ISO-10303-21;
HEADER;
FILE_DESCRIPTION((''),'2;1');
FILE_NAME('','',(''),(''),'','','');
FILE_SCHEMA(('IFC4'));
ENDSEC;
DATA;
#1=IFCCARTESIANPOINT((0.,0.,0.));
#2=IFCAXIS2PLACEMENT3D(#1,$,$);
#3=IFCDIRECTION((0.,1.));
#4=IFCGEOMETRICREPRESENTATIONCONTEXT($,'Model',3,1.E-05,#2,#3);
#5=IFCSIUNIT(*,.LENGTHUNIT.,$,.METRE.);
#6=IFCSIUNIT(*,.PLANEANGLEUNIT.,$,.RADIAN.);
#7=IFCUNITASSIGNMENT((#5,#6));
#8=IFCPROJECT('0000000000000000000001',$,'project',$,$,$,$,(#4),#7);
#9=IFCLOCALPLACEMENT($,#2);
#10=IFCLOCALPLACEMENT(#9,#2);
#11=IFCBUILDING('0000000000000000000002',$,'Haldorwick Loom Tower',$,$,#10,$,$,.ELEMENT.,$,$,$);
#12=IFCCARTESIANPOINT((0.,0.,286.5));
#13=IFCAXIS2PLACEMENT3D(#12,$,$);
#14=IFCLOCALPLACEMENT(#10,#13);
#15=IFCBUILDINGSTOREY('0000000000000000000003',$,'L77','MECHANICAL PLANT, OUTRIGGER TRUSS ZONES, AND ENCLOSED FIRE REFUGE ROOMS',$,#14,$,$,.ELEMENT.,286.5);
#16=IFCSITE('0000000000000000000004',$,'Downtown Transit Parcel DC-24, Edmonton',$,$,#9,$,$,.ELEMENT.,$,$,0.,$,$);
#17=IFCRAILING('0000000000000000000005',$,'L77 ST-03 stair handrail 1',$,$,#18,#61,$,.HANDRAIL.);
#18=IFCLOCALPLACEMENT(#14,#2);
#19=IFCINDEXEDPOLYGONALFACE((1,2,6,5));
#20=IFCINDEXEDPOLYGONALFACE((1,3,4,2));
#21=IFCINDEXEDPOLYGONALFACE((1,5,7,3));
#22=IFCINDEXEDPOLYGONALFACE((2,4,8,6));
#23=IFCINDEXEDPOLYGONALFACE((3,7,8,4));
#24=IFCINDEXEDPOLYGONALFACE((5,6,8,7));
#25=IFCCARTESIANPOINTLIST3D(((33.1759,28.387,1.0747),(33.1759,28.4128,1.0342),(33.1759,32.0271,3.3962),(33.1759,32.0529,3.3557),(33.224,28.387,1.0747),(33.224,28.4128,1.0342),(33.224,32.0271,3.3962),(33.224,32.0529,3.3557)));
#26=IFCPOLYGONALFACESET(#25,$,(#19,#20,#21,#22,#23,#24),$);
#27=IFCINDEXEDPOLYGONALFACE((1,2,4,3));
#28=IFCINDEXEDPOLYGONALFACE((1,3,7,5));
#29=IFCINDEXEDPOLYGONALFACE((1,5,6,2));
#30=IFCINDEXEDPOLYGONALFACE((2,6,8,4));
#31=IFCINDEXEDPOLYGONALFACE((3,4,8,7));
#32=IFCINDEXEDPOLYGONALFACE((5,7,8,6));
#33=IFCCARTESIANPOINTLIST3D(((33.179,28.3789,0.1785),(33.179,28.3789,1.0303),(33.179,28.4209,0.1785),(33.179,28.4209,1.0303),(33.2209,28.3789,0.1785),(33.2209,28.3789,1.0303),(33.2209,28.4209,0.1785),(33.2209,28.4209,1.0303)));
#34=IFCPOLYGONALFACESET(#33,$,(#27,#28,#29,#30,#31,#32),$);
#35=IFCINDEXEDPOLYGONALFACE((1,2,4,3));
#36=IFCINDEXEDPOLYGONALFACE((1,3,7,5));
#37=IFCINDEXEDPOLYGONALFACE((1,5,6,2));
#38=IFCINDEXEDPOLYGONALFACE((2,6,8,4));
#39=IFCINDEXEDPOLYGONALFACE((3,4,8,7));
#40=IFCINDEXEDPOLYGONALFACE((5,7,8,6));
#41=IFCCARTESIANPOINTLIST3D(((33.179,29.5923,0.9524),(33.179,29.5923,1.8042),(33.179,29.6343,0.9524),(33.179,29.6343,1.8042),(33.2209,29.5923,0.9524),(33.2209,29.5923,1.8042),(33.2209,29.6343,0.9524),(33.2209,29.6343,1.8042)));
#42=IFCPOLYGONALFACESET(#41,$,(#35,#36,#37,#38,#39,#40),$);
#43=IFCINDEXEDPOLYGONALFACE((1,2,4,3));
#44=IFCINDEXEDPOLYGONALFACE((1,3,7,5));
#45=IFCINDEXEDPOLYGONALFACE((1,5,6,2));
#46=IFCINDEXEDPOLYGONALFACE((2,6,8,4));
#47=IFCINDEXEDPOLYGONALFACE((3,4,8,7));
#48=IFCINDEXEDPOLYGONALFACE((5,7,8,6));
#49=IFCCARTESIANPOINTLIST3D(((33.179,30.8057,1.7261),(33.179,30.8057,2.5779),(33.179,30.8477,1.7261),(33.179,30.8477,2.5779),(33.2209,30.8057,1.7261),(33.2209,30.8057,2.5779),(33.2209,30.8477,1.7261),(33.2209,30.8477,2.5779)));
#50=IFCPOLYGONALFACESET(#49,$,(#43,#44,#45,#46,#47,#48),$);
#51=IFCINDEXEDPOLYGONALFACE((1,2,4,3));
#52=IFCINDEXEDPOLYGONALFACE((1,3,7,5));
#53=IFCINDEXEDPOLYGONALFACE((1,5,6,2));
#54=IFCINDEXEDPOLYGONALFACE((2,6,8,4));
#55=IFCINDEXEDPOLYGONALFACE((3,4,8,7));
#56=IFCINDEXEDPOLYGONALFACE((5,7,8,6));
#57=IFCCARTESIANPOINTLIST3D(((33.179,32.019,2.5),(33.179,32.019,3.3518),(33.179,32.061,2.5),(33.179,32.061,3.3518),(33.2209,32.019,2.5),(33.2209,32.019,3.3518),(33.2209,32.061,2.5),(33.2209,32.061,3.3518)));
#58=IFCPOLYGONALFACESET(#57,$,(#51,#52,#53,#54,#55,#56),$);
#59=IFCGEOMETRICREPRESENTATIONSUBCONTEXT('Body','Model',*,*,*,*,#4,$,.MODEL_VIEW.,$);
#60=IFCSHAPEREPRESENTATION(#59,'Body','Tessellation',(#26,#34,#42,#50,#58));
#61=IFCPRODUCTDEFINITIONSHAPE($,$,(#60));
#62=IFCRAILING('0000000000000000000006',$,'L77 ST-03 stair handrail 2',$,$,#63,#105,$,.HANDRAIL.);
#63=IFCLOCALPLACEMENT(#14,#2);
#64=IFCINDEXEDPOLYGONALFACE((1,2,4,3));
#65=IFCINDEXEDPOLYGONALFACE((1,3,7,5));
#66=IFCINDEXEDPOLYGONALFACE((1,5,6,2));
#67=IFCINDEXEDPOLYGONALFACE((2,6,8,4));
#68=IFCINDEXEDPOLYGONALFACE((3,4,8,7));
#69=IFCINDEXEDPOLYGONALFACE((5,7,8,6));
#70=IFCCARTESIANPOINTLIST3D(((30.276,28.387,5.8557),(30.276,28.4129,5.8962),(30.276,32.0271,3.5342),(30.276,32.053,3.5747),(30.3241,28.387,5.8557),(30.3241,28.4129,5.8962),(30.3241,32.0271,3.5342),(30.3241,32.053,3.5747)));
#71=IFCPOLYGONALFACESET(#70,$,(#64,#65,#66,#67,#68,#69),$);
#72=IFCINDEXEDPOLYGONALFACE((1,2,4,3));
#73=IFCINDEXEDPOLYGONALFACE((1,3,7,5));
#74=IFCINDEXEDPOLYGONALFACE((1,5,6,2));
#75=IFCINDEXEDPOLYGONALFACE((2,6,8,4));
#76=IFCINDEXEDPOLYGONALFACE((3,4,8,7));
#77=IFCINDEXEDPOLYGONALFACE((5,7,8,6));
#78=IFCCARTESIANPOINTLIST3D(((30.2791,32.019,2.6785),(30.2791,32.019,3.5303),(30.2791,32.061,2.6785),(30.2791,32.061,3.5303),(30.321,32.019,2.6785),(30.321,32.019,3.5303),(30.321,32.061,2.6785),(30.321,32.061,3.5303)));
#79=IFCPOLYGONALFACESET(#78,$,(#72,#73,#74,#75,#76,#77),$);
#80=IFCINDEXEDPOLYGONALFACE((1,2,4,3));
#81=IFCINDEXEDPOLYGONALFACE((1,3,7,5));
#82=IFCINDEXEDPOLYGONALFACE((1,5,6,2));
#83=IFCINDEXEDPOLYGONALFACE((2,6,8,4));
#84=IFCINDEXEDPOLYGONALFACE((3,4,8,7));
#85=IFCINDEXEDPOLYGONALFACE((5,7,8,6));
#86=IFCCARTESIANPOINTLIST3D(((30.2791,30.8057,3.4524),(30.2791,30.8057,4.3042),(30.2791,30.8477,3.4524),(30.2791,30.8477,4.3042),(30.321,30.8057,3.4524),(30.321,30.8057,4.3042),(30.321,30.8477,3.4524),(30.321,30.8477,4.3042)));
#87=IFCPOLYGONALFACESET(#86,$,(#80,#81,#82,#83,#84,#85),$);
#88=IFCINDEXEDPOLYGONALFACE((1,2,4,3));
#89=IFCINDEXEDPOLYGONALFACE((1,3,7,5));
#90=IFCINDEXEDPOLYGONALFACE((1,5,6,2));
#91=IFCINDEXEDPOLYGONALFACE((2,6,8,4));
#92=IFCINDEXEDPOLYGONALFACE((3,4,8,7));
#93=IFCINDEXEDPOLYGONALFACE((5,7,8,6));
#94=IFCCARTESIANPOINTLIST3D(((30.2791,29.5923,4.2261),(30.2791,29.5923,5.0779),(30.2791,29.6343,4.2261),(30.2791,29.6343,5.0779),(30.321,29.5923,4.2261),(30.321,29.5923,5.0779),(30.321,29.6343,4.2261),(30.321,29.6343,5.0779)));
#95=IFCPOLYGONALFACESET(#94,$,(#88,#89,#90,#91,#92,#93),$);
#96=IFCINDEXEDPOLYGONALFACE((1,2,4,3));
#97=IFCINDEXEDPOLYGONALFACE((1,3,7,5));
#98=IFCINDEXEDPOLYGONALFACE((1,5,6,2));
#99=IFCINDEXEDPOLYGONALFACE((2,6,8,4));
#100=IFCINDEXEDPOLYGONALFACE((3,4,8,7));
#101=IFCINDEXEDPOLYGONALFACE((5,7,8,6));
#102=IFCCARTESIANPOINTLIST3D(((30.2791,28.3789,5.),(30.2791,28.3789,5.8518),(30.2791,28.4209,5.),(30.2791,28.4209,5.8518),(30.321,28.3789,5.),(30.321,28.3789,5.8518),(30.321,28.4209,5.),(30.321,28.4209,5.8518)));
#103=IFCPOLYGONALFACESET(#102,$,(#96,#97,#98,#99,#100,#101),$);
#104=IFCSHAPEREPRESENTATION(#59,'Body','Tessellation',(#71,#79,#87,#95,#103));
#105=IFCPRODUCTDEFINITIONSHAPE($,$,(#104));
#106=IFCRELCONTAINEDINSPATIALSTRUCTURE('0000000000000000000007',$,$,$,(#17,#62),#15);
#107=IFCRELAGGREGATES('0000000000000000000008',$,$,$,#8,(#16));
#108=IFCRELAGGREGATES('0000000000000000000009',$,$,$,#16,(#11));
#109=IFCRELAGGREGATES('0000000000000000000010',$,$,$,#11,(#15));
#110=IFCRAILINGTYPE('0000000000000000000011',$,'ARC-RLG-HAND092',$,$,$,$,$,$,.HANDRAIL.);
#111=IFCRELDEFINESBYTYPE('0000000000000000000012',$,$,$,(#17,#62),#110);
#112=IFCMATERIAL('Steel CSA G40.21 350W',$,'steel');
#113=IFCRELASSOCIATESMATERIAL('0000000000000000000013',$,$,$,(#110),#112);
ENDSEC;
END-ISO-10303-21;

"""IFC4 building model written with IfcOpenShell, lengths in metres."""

from ifc_helpers import new_model, si_unit, direction, frame, origin, origin_2d, place, context, subcontext, project, spatial, rectangle, extrude, material, type_object, element, save


model = new_model("IFC4")

# Units and contexts
model_context = context("Model", 3, precision=1e-05, world=origin(), true_north=direction((0.0, 1.0)))
body_context = subcontext(model_context, "Body", "Model", "MODEL_VIEW")
ifc_project = project(units=[si_unit("LENGTHUNIT", "METRE"), si_unit("PLANEANGLEUNIT", "RADIAN")], contexts=[model_context])

# Site, building, storey
site_placement = place(None, origin())
site = spatial("IfcSite", under=ifc_project, at=site_placement, Name="Downtown Transit Parcel DC-24, Edmonton", CompositionType="ELEMENT", RefElevation=0.0)
building_placement = place(site_placement, origin())
building = spatial("IfcBuilding", under=site, at=building_placement, Name="Haldorwick Loom Tower", CompositionType="ELEMENT")
storey_placement = place(building_placement, frame((0.0, 0.0, 286.5)))
storey = spatial("IfcBuildingStorey", under=building, at=storey_placement, Name="L77", Description="MECHANICAL PLANT, OUTRIGGER TRUSS ZONES, AND ENCLOSED FIRE REFUGE ROOMS", CompositionType="ELEMENT", Elevation=286.5)

# Shared definitions
ifc_material_1 = material(Name="Steel CSA G40.21 350W", Category="steel")

# Railings
railing_type_1 = type_object("IfcRailingType", Name="ARC-RLG-HAND092", PredefinedType="HANDRAIL", material=ifc_material_1)
railing_1_placement = place(storey_placement, frame((33.2, 28.3999, 0.1785)))
element("IfcRailing", 1, at=railing_1_placement, inside=storey, type_object=railing_type_1, Name="L77 ST-03 stair handrail 1", PredefinedType="HANDRAIL", context=body_context, shape_type="SweptSolid", body=[
    extrude(rectangle(XDim=0.0481, YDim=0.0481, at=origin_2d()), frame((0.0, 0.0, 0.876), z_axis=(0.0, 0.843128, 0.537713), x_axis=(-1.0, 0.0, 0.0)), (0.0, 0.0, 1.0), 4.3174),
    extrude(rectangle(XDim=0.042, YDim=0.042, at=origin_2d()), origin(), (0.0, 0.0, 1.0), 0.8518),
    extrude(rectangle(XDim=0.042, YDim=0.042, at=origin_2d()), frame((0.0, 1.2134, 0.7739)), (0.0, 0.0, 1.0), 0.8518),
    extrude(rectangle(XDim=0.042, YDim=0.042, at=origin_2d()), frame((0.0, 2.4268, 1.5476)), (0.0, 0.0, 1.0), 0.8518),
    extrude(rectangle(XDim=0.042, YDim=0.042, at=origin_2d()), frame((0.0, 3.6401, 2.3215)), (0.0, 0.0, 1.0), 0.8518),
])
railing_2_placement = place(storey_placement, frame((30.3, 32.04, 2.6785)))
element("IfcRailing", 2, at=railing_2_placement, inside=storey, type_object=railing_type_1, Name="L77 ST-03 stair handrail 2", PredefinedType="HANDRAIL", context=body_context, shape_type="SweptSolid", body=[
    extrude(rectangle(XDim=0.0481, YDim=0.0481, at=origin_2d()), frame((0.0, 0.0, 0.876), z_axis=(0.0, -0.843128, 0.537713), x_axis=(1.0, 0.0, 0.0)), (0.0, 0.0, 1.0), 4.3174),
    extrude(rectangle(XDim=0.042, YDim=0.042, at=origin_2d()), origin(), (0.0, 0.0, 1.0), 0.8518),
    extrude(rectangle(XDim=0.042, YDim=0.042, at=origin_2d()), frame((0.0, -1.2134, 0.7739)), (0.0, 0.0, 1.0), 0.8518),
    extrude(rectangle(XDim=0.042, YDim=0.042, at=origin_2d()), frame((0.0, -2.4268, 1.5476)), (0.0, 0.0, 1.0), 0.8518),
    extrude(rectangle(XDim=0.042, YDim=0.042, at=origin_2d()), frame((0.0, -3.6401, 2.3215)), (0.0, 0.0, 1.0), 0.8518),
])

save(model, "model.ifc")
